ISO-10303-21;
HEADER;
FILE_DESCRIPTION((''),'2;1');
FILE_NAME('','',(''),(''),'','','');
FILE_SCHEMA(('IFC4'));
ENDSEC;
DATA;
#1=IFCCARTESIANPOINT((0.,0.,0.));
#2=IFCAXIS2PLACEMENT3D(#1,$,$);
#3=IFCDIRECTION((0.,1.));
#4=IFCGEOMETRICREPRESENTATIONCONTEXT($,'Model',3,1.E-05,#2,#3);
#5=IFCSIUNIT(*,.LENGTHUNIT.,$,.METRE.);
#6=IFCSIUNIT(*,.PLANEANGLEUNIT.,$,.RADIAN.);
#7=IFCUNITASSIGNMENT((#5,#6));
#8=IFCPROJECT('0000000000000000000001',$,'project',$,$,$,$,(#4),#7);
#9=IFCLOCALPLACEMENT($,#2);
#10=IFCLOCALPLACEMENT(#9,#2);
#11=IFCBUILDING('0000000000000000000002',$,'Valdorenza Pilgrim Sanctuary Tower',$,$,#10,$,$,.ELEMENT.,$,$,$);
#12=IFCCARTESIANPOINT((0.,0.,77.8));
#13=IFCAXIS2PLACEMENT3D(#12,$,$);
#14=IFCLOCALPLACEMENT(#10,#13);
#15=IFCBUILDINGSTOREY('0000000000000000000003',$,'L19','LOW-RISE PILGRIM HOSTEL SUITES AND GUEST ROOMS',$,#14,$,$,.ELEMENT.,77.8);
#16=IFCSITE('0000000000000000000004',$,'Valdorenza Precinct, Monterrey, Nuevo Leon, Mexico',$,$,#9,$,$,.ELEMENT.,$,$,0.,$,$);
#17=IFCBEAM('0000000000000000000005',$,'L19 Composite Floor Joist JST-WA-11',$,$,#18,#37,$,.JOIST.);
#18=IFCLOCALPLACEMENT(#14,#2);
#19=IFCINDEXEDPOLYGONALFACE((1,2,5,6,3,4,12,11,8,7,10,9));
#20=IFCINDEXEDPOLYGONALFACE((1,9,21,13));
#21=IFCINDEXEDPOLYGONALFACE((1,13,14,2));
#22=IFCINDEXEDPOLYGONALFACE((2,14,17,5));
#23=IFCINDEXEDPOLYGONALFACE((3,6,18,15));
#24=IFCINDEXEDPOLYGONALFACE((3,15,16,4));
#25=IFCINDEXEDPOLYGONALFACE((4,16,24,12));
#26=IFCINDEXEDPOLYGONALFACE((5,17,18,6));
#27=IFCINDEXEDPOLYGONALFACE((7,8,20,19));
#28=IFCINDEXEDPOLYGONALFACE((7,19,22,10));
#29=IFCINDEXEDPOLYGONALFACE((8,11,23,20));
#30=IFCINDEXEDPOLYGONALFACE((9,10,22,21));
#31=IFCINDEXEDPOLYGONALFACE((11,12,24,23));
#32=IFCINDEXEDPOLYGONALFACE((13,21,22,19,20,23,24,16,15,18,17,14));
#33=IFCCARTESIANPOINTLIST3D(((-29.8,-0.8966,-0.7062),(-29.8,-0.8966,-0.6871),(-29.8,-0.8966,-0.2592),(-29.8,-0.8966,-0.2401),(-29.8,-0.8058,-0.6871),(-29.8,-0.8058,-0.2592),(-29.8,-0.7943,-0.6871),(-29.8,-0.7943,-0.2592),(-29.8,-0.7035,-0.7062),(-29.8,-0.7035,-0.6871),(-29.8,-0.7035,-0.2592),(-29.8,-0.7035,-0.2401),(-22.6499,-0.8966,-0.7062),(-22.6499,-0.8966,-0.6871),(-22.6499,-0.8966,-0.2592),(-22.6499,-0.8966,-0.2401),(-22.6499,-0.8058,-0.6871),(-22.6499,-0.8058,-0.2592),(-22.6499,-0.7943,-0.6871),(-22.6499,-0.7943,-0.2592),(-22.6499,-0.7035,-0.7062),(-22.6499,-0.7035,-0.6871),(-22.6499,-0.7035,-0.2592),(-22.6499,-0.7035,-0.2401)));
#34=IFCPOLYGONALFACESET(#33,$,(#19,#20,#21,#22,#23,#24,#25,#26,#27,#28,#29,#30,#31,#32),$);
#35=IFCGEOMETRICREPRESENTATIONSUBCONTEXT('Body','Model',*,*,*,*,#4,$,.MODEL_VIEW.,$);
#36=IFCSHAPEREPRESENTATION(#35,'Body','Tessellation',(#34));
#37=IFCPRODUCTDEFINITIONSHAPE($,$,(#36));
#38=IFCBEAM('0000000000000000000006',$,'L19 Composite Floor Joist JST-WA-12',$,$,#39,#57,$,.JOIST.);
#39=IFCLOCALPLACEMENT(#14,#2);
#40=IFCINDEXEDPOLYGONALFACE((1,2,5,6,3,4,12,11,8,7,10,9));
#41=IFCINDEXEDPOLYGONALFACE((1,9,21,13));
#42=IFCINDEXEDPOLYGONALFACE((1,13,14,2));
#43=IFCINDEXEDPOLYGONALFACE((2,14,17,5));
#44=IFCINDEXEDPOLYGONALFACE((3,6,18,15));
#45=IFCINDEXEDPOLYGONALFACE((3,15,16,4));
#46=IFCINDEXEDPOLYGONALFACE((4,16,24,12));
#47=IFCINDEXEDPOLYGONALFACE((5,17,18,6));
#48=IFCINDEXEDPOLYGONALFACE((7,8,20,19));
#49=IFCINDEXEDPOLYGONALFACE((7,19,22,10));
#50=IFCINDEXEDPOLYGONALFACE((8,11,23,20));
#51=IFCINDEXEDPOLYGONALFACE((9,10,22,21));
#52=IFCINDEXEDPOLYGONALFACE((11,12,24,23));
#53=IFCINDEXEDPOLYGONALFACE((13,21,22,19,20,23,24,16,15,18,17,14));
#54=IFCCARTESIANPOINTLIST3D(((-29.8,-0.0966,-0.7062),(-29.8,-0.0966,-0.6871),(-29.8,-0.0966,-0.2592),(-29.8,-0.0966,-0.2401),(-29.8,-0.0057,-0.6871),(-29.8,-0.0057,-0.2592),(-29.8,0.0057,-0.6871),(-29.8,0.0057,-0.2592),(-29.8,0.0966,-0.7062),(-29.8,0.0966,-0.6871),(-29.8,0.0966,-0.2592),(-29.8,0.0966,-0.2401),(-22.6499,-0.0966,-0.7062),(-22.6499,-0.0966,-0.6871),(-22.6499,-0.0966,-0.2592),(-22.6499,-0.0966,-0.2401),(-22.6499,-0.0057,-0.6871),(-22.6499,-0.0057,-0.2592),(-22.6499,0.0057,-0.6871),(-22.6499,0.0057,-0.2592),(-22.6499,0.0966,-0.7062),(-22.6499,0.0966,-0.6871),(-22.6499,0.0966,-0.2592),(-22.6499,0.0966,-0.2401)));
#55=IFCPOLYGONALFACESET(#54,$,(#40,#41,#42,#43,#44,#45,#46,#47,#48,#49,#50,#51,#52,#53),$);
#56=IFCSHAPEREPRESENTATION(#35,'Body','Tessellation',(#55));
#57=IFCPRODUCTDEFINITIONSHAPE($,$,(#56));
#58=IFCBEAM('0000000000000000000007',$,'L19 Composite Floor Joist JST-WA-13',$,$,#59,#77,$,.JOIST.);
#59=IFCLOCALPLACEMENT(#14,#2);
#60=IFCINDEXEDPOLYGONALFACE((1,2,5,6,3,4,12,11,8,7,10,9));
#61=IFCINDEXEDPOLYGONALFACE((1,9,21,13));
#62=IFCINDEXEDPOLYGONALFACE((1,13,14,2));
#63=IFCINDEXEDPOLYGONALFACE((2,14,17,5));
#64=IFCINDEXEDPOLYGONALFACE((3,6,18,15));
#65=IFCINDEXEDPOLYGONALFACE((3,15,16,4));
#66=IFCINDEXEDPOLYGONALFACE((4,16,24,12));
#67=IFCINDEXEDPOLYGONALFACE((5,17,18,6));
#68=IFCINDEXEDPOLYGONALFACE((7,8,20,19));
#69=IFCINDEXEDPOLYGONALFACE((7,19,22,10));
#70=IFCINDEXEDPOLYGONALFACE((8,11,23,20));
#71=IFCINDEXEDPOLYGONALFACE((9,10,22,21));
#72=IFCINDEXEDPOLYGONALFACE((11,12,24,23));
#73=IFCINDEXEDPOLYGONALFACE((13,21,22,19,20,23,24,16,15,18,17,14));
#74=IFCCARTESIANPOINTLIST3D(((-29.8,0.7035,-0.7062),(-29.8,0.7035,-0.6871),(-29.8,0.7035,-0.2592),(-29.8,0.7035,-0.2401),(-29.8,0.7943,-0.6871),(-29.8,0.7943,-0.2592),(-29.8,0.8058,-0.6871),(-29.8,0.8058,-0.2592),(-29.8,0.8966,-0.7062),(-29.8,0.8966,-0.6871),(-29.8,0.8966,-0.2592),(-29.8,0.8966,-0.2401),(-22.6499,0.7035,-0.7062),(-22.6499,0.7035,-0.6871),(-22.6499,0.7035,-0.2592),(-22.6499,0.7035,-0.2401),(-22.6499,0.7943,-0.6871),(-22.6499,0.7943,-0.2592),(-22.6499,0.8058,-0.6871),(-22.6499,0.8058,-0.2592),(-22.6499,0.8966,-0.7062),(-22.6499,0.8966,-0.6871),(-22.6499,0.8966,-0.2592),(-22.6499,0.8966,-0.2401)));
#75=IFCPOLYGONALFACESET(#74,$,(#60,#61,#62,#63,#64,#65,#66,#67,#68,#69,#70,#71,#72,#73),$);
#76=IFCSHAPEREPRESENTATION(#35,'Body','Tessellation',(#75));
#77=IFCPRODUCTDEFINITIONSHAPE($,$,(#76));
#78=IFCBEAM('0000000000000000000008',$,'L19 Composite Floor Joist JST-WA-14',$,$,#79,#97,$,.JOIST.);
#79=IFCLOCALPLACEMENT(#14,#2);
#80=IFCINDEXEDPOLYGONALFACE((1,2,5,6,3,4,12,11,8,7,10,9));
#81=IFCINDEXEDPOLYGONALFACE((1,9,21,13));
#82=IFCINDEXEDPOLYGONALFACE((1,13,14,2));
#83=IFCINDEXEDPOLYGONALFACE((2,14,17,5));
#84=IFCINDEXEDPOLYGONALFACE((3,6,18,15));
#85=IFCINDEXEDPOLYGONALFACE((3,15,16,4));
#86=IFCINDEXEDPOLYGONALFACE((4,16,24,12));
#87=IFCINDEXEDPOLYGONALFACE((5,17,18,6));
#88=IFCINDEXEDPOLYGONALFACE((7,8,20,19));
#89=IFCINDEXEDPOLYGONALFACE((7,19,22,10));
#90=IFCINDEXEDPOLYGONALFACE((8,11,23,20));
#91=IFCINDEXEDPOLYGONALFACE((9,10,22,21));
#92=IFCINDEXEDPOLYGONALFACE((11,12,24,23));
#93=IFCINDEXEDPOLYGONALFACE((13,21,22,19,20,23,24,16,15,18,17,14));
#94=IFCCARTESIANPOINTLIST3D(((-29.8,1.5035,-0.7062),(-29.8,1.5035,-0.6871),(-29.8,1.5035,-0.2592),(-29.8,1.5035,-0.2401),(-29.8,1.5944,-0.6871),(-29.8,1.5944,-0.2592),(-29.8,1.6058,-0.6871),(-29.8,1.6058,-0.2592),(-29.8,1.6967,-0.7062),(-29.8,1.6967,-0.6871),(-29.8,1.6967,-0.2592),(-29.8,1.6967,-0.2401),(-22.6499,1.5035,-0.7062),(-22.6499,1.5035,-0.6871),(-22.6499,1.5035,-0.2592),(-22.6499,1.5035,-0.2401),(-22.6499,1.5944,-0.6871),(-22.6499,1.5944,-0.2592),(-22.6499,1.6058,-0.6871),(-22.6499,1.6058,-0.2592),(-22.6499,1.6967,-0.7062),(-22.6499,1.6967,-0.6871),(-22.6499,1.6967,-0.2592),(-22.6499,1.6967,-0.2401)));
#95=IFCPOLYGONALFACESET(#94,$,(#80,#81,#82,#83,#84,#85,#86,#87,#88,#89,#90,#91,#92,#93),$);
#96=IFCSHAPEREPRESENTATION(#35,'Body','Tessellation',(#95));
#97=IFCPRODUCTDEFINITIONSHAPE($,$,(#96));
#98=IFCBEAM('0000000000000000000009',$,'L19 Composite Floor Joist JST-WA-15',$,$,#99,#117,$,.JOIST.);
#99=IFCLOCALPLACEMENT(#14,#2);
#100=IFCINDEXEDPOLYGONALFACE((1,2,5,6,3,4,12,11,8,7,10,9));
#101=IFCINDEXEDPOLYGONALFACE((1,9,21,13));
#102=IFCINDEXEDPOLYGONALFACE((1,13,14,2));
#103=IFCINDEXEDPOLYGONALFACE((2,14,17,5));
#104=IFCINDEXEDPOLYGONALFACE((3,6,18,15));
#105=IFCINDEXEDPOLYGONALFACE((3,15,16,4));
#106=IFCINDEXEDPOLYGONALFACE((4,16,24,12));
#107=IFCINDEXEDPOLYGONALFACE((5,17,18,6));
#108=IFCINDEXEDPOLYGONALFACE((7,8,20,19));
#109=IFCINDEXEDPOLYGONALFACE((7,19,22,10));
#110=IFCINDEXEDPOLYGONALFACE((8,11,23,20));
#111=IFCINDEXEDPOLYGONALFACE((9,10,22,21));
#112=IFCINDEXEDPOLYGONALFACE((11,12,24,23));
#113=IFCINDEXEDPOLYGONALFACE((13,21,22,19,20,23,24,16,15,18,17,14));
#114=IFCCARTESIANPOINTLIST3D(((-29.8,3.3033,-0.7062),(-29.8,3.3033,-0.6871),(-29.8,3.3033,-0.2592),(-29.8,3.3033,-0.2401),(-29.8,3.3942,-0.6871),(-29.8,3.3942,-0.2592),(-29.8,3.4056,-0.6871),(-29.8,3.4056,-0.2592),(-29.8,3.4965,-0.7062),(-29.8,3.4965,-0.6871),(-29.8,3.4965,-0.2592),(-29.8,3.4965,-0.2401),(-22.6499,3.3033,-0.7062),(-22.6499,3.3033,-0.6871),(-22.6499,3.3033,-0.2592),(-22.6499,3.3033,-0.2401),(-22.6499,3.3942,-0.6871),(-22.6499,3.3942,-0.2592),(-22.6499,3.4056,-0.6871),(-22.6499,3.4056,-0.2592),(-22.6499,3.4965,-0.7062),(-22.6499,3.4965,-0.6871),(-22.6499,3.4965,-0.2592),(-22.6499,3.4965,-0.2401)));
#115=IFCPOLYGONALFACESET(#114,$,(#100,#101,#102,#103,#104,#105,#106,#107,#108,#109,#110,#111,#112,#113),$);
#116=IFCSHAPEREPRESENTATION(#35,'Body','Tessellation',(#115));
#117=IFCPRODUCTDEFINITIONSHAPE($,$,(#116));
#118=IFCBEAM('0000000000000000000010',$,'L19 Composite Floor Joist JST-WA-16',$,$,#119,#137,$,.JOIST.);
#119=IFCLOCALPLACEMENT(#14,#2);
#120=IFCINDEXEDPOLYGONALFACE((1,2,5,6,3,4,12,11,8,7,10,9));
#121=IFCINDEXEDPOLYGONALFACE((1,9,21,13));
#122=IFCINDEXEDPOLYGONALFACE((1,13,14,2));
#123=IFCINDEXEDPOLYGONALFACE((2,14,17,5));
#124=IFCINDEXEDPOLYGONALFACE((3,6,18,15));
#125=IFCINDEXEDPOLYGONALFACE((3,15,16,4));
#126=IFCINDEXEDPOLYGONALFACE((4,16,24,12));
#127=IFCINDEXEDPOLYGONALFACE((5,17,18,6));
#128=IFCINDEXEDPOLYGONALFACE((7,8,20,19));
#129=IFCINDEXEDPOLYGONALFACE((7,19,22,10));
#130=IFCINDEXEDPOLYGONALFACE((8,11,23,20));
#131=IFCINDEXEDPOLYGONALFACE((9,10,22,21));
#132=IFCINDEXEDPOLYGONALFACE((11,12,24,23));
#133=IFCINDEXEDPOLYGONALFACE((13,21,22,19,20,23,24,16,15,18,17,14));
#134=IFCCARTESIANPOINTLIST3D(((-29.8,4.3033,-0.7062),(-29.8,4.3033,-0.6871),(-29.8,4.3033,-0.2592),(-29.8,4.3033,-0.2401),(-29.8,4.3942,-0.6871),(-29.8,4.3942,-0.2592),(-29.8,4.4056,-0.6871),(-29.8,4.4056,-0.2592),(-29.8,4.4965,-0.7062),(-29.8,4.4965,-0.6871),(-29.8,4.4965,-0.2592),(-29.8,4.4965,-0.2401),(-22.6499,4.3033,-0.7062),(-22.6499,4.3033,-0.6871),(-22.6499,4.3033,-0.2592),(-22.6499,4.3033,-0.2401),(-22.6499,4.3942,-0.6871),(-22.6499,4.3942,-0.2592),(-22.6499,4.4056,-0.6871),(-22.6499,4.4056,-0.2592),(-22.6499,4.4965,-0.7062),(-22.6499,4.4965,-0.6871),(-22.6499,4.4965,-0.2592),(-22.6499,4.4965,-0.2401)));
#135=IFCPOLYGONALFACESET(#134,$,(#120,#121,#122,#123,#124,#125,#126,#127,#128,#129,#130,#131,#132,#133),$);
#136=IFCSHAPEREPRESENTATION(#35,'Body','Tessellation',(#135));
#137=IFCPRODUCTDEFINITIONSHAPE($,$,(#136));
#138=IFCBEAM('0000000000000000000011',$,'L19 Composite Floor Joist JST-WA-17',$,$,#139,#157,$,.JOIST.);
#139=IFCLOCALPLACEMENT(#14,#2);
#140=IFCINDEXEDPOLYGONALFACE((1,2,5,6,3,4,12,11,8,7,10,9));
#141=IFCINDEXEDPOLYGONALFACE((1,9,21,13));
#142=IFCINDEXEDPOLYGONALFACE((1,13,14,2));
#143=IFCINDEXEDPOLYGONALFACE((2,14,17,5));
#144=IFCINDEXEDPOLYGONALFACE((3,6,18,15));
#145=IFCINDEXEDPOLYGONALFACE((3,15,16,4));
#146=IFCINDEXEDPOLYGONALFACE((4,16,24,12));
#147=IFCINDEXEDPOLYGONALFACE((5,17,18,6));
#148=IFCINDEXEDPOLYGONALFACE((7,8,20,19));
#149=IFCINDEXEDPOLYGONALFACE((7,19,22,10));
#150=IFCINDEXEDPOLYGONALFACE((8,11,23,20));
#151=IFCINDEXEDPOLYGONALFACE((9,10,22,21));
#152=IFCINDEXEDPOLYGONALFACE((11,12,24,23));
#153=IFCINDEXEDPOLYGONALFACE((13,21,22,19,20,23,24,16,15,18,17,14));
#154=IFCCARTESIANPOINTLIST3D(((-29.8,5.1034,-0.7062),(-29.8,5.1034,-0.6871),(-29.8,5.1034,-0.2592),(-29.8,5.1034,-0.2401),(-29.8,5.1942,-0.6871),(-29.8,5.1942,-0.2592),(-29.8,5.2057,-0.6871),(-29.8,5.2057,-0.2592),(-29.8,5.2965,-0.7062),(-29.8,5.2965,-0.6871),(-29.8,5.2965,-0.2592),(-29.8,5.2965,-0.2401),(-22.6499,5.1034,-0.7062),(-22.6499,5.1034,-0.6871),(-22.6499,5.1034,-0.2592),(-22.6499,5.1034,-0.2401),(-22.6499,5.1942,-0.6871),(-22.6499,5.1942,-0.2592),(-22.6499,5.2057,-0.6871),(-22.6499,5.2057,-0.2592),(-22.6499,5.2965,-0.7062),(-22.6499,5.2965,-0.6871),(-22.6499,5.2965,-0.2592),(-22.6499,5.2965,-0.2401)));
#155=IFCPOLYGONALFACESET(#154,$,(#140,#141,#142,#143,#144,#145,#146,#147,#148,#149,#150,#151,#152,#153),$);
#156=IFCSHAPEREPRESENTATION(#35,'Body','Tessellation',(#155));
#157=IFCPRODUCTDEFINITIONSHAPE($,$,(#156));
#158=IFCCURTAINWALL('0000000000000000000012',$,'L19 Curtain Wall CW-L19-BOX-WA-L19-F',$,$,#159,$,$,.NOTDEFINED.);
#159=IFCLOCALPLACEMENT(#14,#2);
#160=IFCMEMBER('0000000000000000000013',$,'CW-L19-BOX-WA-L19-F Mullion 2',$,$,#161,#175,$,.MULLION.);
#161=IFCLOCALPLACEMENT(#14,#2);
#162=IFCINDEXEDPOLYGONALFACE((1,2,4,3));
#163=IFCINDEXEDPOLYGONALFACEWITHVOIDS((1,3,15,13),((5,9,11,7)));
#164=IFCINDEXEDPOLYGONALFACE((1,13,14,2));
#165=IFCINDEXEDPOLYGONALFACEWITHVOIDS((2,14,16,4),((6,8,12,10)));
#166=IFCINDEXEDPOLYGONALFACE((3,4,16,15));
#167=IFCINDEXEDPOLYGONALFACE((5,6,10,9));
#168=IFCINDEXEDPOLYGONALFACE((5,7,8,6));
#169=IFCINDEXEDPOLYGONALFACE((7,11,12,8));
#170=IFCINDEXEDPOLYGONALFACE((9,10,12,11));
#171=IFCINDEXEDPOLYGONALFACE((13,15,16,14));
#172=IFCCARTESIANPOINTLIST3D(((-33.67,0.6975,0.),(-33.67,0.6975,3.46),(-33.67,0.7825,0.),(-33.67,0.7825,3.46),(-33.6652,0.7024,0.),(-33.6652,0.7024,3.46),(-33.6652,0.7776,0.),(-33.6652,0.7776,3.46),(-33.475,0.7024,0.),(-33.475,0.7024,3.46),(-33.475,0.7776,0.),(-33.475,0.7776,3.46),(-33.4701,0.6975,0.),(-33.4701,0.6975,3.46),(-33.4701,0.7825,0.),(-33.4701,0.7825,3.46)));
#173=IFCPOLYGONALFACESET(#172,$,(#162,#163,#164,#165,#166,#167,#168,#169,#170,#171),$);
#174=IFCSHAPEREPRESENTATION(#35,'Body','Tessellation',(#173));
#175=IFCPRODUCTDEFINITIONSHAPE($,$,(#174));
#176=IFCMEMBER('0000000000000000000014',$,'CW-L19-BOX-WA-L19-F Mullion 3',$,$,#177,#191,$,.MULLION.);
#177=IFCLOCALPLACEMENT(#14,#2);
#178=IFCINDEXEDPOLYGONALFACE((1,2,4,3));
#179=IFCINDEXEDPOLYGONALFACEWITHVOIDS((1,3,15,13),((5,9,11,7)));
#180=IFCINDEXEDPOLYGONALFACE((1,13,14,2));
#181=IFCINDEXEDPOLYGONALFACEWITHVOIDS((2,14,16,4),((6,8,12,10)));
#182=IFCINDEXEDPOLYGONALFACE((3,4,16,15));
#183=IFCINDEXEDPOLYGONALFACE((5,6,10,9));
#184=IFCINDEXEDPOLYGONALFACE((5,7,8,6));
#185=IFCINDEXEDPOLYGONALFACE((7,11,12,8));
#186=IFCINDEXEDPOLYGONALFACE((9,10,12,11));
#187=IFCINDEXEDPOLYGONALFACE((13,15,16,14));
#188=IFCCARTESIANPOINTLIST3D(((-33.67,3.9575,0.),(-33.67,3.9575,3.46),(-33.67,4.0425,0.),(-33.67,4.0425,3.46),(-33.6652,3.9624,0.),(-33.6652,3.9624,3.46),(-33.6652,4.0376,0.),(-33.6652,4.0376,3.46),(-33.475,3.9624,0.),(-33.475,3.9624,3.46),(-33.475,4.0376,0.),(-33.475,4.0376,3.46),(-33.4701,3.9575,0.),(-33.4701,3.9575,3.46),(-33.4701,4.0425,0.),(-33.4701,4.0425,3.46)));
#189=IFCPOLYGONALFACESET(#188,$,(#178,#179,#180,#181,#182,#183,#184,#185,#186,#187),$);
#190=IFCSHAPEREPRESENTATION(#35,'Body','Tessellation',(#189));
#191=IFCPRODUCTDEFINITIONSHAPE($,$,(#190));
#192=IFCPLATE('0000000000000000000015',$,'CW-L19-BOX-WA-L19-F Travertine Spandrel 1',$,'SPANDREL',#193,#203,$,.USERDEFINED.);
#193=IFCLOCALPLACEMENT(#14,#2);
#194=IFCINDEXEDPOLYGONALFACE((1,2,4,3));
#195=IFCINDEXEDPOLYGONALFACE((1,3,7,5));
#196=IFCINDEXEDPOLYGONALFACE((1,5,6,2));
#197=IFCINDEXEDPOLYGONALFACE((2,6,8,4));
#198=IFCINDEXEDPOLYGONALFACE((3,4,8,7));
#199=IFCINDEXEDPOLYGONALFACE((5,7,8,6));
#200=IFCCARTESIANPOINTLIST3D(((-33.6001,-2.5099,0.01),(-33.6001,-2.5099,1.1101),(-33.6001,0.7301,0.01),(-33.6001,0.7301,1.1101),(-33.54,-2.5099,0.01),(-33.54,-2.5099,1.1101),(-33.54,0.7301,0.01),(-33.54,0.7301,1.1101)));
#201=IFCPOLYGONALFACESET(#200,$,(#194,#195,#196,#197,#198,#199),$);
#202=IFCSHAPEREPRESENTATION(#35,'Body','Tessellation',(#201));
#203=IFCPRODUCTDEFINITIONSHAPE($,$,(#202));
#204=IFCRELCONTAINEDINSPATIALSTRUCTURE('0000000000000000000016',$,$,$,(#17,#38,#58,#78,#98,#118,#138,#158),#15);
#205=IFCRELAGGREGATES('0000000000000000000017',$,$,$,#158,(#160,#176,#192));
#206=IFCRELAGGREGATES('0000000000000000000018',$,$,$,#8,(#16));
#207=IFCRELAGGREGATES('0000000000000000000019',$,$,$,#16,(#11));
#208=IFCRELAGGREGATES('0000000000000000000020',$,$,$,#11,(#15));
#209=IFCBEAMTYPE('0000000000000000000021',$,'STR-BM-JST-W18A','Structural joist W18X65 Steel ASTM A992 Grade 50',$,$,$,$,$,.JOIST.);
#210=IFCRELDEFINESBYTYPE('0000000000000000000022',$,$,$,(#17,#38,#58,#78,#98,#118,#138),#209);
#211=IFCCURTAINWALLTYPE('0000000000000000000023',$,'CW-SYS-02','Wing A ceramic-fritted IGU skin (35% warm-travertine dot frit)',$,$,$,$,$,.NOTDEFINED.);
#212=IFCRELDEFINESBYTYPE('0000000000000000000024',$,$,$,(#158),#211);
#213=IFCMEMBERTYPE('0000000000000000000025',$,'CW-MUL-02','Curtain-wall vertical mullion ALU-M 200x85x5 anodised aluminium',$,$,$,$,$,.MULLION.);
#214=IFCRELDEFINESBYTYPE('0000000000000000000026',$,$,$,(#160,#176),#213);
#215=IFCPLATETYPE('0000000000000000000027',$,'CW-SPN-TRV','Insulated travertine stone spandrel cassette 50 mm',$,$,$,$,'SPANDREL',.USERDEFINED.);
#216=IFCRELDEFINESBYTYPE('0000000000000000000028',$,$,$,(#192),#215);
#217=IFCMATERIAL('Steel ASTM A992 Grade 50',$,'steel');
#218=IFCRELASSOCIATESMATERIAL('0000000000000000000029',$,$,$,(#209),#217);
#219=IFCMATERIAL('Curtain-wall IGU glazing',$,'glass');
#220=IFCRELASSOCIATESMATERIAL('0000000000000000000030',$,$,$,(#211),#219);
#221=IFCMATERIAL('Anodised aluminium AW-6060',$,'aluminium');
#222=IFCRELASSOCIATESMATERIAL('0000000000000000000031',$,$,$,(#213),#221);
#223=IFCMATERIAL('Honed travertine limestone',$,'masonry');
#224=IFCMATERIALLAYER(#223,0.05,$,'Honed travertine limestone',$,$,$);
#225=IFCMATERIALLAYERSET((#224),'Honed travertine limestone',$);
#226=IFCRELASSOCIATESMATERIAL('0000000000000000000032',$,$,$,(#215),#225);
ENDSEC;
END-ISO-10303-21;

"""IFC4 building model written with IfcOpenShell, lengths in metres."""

from ifc_helpers import new_model, si_unit, direction, frame, origin, origin_2d, place, context, subcontext, project, spatial, rectangle, hollow_rectangle, i_section, extrude, source, transform, mapped, material, layer, layer_set, material_profile, profile_set, type_object, element, aggregate, save


model = new_model("IFC4")

# Units and contexts
model_context = context("Model", 3, precision=1e-05, world=origin(), true_north=direction((0.0, 1.0)))
body_context = subcontext(model_context, "Body", "Model", "MODEL_VIEW")
ifc_project = project(units=[si_unit("LENGTHUNIT", "METRE"), si_unit("PLANEANGLEUNIT", "RADIAN")], contexts=[model_context])

# Site, building, storey
site_placement = place(None, origin())
site = spatial("IfcSite", under=ifc_project, at=site_placement, Name="Valdorenza Precinct, Monterrey, Nuevo Leon, Mexico", CompositionType="ELEMENT", RefElevation=0.0)
building_placement = place(site_placement, origin())
building = spatial("IfcBuilding", under=site, at=building_placement, Name="Valdorenza Pilgrim Sanctuary Tower", CompositionType="ELEMENT")
storey_placement = place(building_placement, frame((0.0, 0.0, 77.8)))
storey = spatial("IfcBuildingStorey", under=building, at=storey_placement, Name="L19", Description="LOW-RISE PILGRIM HOSTEL SUITES AND GUEST ROOMS", CompositionType="ELEMENT", Elevation=77.8)

# Beams
ifc_material_1 = material(Name="Steel ASTM A992 Grade 50", Category="steel")
ifc_material_profile_1 = material_profile(ifc_material_1, i_section(OverallWidth=0.1931, OverallDepth=0.4661, WebThickness=0.0115, FlangeThickness=0.019, at=origin_2d()), Name="W18X65")
ifc_profile_set_1 = profile_set([ifc_material_profile_1], Name="Steel ASTM A992 Grade 50")
beam_type = type_object("IfcBeamType", Name="STR-BM-JST-W18A", Description="Structural joist W18X65 Steel ASTM A992 Grade 50", PredefinedType="JOIST", material=ifc_profile_set_1)
shared_shape_1 = source(origin(), body_context, "Body", "SweptSolid", [
    extrude(i_section(OverallWidth=0.1931, OverallDepth=0.4661, WebThickness=0.0115, FlangeThickness=0.019, at=origin_2d()), origin(), (0.0, 0.0, 1.0), 7.1501),
])
for number, where, z_axis, x_axis, name in (
    (1, (-29.8, -0.8, -0.4731), (1.0, 0.0, 0.0), (0.0, 1.0, 0.0), "L19 Composite Floor Joist JST-WA-11"),
    (2, (-29.8, 0.0, -0.4731), (1.0, 0.0, 0.0), (0.0, 1.0, 0.0), "L19 Composite Floor Joist JST-WA-12"),
    (3, (-29.8, 0.8, -0.4731), (1.0, 0.0, 0.0), (0.0, 1.0, 0.0), "L19 Composite Floor Joist JST-WA-13"),
    (4, (-29.8, 1.6001, -0.4731), (1.0, 0.0, 0.0), (0.0, 1.0, 0.0), "L19 Composite Floor Joist JST-WA-14"),
    (5, (-29.8, 3.3999, -0.4731), (1.0, 0.0, 0.0), (0.0, 1.0, 0.0), "L19 Composite Floor Joist JST-WA-15"),
    (6, (-29.8, 4.3999, -0.4731), (1.0, 0.0, 0.0), (0.0, 1.0, 0.0), "L19 Composite Floor Joist JST-WA-16"),
    (7, (-29.8, 5.2, -0.4731), (1.0, 0.0, 0.0), (0.0, 1.0, 0.0), "L19 Composite Floor Joist JST-WA-17"),
):
    element("IfcBeam", number, at=place(storey_placement, frame(where, z_axis=z_axis, x_axis=x_axis)), inside=storey, type_object=beam_type, Name=name, PredefinedType="JOIST", context=body_context, shape_type="MappedRepresentation", body=[
        mapped(shared_shape_1, transform((0.0, 0.0, 0.0), x_axis=(1.0, 0.0, 0.0), y_axis=(0.0, 1.0, 0.0), z_axis=(0.0, 0.0, 1.0), scale=1.0)),
    ])

# Curtain wall, members, plate
ifc_material_2 = material(Name="Curtain-wall IGU glazing", Category="glass")
curtain_wall_type = type_object("IfcCurtainWallType", Name="CW-SYS-02", Description="Wing A ceramic-fritted IGU skin (35% warm-travertine dot frit)", PredefinedType="NOTDEFINED", material=ifc_material_2)
curtain_wall_placement = place(storey_placement, origin())
curtain_wall = element("IfcCurtainWall", 8, at=curtain_wall_placement, inside=storey, type_object=curtain_wall_type, Name="L19 Curtain Wall CW-L19-BOX-WA-L19-F", PredefinedType="NOTDEFINED")
ifc_material_3 = material(Name="Anodised aluminium AW-6060", Category="aluminium")
ifc_material_profile_2 = material_profile(ifc_material_3, hollow_rectangle(XDim=0.085, YDim=0.2, WallThickness=0.0049, at=origin_2d()), Name="ALU-M 200x85x5")
ifc_profile_set_2 = profile_set([ifc_material_profile_2], Name="Anodised aluminium AW-6060")
member_type = type_object("IfcMemberType", Name="CW-MUL-02", Description="Curtain-wall vertical mullion ALU-M 200x85x5 anodised aluminium", PredefinedType="MULLION", material=ifc_profile_set_2)
shared_shape_2 = source(origin(), body_context, "Body", "SweptSolid", [
    extrude(hollow_rectangle(XDim=0.085, YDim=0.2, WallThickness=0.0049, at=origin_2d()), origin(), (0.0, 0.0, 1.0), 3.46),
])
member_1_placement = place(storey_placement, frame((-33.5701, 0.74, 0.0), z_axis=(0.0, 0.0, 1.0), x_axis=(0.0, 1.0, 0.0)))
member_1 = element("IfcMember", 9, at=member_1_placement, type_object=member_type, Name="CW-L19-BOX-WA-L19-F Mullion 2", PredefinedType="MULLION", context=body_context, shape_type="MappedRepresentation", body=[
    mapped(shared_shape_2, transform((0.0, 0.0, 0.0), x_axis=(1.0, 0.0, 0.0), y_axis=(0.0, 1.0, 0.0), z_axis=(0.0, 0.0, 1.0), scale=1.0)),
])
member_2_placement = place(storey_placement, frame((-33.5701, 4.0, 0.0), z_axis=(0.0, 0.0, 1.0), x_axis=(0.0, 1.0, 0.0)))
member_2 = element("IfcMember", 10, at=member_2_placement, type_object=member_type, Name="CW-L19-BOX-WA-L19-F Mullion 3", PredefinedType="MULLION", context=body_context, shape_type="MappedRepresentation", body=[
    mapped(shared_shape_2, transform((0.0, 0.0, 0.0), x_axis=(1.0, 0.0, 0.0), y_axis=(0.0, 1.0, 0.0), z_axis=(0.0, 0.0, 1.0), scale=1.0)),
])
ifc_material_4 = material(Name="Honed travertine limestone", Category="masonry")
ifc_layer_1 = layer(ifc_material_4, 0.05, Name="Honed travertine limestone")
ifc_layer_set_1 = layer_set([ifc_layer_1], Name="Honed travertine limestone")
plate_type_1 = type_object("IfcPlateType", Name="CW-SPN-TRV", Description="Insulated travertine stone spandrel cassette 50 mm", ElementType="SPANDREL", PredefinedType="USERDEFINED", material=ifc_layer_set_1)
shared_shape_3 = source(origin(), body_context, "Body", "SweptSolid", [
    extrude(rectangle(XDim=3.24, YDim=0.0601, at=origin_2d()), origin(), (0.0, 0.0, 1.0), 1.1001),
])
plate_1_placement = place(storey_placement, frame((-33.5701, -0.8899, 0.01), z_axis=(0.0, 0.0, 1.0), x_axis=(0.0, 1.0, 0.0)))
plate_1 = element("IfcPlate", 11, at=plate_1_placement, type_object=plate_type_1, Name="CW-L19-BOX-WA-L19-F Travertine Spandrel 1", ObjectType="SPANDREL", PredefinedType="USERDEFINED", context=body_context, shape_type="MappedRepresentation", body=[
    mapped(shared_shape_3, transform((0.0, 0.0, 0.0), x_axis=(1.0, 0.0, 0.0), y_axis=(0.0, 1.0, 0.0), z_axis=(0.0, 0.0, 1.0), scale=1.0)),
])
aggregate(curtain_wall, [member_1, member_2, plate_1])

save(model, "model.ifc")
